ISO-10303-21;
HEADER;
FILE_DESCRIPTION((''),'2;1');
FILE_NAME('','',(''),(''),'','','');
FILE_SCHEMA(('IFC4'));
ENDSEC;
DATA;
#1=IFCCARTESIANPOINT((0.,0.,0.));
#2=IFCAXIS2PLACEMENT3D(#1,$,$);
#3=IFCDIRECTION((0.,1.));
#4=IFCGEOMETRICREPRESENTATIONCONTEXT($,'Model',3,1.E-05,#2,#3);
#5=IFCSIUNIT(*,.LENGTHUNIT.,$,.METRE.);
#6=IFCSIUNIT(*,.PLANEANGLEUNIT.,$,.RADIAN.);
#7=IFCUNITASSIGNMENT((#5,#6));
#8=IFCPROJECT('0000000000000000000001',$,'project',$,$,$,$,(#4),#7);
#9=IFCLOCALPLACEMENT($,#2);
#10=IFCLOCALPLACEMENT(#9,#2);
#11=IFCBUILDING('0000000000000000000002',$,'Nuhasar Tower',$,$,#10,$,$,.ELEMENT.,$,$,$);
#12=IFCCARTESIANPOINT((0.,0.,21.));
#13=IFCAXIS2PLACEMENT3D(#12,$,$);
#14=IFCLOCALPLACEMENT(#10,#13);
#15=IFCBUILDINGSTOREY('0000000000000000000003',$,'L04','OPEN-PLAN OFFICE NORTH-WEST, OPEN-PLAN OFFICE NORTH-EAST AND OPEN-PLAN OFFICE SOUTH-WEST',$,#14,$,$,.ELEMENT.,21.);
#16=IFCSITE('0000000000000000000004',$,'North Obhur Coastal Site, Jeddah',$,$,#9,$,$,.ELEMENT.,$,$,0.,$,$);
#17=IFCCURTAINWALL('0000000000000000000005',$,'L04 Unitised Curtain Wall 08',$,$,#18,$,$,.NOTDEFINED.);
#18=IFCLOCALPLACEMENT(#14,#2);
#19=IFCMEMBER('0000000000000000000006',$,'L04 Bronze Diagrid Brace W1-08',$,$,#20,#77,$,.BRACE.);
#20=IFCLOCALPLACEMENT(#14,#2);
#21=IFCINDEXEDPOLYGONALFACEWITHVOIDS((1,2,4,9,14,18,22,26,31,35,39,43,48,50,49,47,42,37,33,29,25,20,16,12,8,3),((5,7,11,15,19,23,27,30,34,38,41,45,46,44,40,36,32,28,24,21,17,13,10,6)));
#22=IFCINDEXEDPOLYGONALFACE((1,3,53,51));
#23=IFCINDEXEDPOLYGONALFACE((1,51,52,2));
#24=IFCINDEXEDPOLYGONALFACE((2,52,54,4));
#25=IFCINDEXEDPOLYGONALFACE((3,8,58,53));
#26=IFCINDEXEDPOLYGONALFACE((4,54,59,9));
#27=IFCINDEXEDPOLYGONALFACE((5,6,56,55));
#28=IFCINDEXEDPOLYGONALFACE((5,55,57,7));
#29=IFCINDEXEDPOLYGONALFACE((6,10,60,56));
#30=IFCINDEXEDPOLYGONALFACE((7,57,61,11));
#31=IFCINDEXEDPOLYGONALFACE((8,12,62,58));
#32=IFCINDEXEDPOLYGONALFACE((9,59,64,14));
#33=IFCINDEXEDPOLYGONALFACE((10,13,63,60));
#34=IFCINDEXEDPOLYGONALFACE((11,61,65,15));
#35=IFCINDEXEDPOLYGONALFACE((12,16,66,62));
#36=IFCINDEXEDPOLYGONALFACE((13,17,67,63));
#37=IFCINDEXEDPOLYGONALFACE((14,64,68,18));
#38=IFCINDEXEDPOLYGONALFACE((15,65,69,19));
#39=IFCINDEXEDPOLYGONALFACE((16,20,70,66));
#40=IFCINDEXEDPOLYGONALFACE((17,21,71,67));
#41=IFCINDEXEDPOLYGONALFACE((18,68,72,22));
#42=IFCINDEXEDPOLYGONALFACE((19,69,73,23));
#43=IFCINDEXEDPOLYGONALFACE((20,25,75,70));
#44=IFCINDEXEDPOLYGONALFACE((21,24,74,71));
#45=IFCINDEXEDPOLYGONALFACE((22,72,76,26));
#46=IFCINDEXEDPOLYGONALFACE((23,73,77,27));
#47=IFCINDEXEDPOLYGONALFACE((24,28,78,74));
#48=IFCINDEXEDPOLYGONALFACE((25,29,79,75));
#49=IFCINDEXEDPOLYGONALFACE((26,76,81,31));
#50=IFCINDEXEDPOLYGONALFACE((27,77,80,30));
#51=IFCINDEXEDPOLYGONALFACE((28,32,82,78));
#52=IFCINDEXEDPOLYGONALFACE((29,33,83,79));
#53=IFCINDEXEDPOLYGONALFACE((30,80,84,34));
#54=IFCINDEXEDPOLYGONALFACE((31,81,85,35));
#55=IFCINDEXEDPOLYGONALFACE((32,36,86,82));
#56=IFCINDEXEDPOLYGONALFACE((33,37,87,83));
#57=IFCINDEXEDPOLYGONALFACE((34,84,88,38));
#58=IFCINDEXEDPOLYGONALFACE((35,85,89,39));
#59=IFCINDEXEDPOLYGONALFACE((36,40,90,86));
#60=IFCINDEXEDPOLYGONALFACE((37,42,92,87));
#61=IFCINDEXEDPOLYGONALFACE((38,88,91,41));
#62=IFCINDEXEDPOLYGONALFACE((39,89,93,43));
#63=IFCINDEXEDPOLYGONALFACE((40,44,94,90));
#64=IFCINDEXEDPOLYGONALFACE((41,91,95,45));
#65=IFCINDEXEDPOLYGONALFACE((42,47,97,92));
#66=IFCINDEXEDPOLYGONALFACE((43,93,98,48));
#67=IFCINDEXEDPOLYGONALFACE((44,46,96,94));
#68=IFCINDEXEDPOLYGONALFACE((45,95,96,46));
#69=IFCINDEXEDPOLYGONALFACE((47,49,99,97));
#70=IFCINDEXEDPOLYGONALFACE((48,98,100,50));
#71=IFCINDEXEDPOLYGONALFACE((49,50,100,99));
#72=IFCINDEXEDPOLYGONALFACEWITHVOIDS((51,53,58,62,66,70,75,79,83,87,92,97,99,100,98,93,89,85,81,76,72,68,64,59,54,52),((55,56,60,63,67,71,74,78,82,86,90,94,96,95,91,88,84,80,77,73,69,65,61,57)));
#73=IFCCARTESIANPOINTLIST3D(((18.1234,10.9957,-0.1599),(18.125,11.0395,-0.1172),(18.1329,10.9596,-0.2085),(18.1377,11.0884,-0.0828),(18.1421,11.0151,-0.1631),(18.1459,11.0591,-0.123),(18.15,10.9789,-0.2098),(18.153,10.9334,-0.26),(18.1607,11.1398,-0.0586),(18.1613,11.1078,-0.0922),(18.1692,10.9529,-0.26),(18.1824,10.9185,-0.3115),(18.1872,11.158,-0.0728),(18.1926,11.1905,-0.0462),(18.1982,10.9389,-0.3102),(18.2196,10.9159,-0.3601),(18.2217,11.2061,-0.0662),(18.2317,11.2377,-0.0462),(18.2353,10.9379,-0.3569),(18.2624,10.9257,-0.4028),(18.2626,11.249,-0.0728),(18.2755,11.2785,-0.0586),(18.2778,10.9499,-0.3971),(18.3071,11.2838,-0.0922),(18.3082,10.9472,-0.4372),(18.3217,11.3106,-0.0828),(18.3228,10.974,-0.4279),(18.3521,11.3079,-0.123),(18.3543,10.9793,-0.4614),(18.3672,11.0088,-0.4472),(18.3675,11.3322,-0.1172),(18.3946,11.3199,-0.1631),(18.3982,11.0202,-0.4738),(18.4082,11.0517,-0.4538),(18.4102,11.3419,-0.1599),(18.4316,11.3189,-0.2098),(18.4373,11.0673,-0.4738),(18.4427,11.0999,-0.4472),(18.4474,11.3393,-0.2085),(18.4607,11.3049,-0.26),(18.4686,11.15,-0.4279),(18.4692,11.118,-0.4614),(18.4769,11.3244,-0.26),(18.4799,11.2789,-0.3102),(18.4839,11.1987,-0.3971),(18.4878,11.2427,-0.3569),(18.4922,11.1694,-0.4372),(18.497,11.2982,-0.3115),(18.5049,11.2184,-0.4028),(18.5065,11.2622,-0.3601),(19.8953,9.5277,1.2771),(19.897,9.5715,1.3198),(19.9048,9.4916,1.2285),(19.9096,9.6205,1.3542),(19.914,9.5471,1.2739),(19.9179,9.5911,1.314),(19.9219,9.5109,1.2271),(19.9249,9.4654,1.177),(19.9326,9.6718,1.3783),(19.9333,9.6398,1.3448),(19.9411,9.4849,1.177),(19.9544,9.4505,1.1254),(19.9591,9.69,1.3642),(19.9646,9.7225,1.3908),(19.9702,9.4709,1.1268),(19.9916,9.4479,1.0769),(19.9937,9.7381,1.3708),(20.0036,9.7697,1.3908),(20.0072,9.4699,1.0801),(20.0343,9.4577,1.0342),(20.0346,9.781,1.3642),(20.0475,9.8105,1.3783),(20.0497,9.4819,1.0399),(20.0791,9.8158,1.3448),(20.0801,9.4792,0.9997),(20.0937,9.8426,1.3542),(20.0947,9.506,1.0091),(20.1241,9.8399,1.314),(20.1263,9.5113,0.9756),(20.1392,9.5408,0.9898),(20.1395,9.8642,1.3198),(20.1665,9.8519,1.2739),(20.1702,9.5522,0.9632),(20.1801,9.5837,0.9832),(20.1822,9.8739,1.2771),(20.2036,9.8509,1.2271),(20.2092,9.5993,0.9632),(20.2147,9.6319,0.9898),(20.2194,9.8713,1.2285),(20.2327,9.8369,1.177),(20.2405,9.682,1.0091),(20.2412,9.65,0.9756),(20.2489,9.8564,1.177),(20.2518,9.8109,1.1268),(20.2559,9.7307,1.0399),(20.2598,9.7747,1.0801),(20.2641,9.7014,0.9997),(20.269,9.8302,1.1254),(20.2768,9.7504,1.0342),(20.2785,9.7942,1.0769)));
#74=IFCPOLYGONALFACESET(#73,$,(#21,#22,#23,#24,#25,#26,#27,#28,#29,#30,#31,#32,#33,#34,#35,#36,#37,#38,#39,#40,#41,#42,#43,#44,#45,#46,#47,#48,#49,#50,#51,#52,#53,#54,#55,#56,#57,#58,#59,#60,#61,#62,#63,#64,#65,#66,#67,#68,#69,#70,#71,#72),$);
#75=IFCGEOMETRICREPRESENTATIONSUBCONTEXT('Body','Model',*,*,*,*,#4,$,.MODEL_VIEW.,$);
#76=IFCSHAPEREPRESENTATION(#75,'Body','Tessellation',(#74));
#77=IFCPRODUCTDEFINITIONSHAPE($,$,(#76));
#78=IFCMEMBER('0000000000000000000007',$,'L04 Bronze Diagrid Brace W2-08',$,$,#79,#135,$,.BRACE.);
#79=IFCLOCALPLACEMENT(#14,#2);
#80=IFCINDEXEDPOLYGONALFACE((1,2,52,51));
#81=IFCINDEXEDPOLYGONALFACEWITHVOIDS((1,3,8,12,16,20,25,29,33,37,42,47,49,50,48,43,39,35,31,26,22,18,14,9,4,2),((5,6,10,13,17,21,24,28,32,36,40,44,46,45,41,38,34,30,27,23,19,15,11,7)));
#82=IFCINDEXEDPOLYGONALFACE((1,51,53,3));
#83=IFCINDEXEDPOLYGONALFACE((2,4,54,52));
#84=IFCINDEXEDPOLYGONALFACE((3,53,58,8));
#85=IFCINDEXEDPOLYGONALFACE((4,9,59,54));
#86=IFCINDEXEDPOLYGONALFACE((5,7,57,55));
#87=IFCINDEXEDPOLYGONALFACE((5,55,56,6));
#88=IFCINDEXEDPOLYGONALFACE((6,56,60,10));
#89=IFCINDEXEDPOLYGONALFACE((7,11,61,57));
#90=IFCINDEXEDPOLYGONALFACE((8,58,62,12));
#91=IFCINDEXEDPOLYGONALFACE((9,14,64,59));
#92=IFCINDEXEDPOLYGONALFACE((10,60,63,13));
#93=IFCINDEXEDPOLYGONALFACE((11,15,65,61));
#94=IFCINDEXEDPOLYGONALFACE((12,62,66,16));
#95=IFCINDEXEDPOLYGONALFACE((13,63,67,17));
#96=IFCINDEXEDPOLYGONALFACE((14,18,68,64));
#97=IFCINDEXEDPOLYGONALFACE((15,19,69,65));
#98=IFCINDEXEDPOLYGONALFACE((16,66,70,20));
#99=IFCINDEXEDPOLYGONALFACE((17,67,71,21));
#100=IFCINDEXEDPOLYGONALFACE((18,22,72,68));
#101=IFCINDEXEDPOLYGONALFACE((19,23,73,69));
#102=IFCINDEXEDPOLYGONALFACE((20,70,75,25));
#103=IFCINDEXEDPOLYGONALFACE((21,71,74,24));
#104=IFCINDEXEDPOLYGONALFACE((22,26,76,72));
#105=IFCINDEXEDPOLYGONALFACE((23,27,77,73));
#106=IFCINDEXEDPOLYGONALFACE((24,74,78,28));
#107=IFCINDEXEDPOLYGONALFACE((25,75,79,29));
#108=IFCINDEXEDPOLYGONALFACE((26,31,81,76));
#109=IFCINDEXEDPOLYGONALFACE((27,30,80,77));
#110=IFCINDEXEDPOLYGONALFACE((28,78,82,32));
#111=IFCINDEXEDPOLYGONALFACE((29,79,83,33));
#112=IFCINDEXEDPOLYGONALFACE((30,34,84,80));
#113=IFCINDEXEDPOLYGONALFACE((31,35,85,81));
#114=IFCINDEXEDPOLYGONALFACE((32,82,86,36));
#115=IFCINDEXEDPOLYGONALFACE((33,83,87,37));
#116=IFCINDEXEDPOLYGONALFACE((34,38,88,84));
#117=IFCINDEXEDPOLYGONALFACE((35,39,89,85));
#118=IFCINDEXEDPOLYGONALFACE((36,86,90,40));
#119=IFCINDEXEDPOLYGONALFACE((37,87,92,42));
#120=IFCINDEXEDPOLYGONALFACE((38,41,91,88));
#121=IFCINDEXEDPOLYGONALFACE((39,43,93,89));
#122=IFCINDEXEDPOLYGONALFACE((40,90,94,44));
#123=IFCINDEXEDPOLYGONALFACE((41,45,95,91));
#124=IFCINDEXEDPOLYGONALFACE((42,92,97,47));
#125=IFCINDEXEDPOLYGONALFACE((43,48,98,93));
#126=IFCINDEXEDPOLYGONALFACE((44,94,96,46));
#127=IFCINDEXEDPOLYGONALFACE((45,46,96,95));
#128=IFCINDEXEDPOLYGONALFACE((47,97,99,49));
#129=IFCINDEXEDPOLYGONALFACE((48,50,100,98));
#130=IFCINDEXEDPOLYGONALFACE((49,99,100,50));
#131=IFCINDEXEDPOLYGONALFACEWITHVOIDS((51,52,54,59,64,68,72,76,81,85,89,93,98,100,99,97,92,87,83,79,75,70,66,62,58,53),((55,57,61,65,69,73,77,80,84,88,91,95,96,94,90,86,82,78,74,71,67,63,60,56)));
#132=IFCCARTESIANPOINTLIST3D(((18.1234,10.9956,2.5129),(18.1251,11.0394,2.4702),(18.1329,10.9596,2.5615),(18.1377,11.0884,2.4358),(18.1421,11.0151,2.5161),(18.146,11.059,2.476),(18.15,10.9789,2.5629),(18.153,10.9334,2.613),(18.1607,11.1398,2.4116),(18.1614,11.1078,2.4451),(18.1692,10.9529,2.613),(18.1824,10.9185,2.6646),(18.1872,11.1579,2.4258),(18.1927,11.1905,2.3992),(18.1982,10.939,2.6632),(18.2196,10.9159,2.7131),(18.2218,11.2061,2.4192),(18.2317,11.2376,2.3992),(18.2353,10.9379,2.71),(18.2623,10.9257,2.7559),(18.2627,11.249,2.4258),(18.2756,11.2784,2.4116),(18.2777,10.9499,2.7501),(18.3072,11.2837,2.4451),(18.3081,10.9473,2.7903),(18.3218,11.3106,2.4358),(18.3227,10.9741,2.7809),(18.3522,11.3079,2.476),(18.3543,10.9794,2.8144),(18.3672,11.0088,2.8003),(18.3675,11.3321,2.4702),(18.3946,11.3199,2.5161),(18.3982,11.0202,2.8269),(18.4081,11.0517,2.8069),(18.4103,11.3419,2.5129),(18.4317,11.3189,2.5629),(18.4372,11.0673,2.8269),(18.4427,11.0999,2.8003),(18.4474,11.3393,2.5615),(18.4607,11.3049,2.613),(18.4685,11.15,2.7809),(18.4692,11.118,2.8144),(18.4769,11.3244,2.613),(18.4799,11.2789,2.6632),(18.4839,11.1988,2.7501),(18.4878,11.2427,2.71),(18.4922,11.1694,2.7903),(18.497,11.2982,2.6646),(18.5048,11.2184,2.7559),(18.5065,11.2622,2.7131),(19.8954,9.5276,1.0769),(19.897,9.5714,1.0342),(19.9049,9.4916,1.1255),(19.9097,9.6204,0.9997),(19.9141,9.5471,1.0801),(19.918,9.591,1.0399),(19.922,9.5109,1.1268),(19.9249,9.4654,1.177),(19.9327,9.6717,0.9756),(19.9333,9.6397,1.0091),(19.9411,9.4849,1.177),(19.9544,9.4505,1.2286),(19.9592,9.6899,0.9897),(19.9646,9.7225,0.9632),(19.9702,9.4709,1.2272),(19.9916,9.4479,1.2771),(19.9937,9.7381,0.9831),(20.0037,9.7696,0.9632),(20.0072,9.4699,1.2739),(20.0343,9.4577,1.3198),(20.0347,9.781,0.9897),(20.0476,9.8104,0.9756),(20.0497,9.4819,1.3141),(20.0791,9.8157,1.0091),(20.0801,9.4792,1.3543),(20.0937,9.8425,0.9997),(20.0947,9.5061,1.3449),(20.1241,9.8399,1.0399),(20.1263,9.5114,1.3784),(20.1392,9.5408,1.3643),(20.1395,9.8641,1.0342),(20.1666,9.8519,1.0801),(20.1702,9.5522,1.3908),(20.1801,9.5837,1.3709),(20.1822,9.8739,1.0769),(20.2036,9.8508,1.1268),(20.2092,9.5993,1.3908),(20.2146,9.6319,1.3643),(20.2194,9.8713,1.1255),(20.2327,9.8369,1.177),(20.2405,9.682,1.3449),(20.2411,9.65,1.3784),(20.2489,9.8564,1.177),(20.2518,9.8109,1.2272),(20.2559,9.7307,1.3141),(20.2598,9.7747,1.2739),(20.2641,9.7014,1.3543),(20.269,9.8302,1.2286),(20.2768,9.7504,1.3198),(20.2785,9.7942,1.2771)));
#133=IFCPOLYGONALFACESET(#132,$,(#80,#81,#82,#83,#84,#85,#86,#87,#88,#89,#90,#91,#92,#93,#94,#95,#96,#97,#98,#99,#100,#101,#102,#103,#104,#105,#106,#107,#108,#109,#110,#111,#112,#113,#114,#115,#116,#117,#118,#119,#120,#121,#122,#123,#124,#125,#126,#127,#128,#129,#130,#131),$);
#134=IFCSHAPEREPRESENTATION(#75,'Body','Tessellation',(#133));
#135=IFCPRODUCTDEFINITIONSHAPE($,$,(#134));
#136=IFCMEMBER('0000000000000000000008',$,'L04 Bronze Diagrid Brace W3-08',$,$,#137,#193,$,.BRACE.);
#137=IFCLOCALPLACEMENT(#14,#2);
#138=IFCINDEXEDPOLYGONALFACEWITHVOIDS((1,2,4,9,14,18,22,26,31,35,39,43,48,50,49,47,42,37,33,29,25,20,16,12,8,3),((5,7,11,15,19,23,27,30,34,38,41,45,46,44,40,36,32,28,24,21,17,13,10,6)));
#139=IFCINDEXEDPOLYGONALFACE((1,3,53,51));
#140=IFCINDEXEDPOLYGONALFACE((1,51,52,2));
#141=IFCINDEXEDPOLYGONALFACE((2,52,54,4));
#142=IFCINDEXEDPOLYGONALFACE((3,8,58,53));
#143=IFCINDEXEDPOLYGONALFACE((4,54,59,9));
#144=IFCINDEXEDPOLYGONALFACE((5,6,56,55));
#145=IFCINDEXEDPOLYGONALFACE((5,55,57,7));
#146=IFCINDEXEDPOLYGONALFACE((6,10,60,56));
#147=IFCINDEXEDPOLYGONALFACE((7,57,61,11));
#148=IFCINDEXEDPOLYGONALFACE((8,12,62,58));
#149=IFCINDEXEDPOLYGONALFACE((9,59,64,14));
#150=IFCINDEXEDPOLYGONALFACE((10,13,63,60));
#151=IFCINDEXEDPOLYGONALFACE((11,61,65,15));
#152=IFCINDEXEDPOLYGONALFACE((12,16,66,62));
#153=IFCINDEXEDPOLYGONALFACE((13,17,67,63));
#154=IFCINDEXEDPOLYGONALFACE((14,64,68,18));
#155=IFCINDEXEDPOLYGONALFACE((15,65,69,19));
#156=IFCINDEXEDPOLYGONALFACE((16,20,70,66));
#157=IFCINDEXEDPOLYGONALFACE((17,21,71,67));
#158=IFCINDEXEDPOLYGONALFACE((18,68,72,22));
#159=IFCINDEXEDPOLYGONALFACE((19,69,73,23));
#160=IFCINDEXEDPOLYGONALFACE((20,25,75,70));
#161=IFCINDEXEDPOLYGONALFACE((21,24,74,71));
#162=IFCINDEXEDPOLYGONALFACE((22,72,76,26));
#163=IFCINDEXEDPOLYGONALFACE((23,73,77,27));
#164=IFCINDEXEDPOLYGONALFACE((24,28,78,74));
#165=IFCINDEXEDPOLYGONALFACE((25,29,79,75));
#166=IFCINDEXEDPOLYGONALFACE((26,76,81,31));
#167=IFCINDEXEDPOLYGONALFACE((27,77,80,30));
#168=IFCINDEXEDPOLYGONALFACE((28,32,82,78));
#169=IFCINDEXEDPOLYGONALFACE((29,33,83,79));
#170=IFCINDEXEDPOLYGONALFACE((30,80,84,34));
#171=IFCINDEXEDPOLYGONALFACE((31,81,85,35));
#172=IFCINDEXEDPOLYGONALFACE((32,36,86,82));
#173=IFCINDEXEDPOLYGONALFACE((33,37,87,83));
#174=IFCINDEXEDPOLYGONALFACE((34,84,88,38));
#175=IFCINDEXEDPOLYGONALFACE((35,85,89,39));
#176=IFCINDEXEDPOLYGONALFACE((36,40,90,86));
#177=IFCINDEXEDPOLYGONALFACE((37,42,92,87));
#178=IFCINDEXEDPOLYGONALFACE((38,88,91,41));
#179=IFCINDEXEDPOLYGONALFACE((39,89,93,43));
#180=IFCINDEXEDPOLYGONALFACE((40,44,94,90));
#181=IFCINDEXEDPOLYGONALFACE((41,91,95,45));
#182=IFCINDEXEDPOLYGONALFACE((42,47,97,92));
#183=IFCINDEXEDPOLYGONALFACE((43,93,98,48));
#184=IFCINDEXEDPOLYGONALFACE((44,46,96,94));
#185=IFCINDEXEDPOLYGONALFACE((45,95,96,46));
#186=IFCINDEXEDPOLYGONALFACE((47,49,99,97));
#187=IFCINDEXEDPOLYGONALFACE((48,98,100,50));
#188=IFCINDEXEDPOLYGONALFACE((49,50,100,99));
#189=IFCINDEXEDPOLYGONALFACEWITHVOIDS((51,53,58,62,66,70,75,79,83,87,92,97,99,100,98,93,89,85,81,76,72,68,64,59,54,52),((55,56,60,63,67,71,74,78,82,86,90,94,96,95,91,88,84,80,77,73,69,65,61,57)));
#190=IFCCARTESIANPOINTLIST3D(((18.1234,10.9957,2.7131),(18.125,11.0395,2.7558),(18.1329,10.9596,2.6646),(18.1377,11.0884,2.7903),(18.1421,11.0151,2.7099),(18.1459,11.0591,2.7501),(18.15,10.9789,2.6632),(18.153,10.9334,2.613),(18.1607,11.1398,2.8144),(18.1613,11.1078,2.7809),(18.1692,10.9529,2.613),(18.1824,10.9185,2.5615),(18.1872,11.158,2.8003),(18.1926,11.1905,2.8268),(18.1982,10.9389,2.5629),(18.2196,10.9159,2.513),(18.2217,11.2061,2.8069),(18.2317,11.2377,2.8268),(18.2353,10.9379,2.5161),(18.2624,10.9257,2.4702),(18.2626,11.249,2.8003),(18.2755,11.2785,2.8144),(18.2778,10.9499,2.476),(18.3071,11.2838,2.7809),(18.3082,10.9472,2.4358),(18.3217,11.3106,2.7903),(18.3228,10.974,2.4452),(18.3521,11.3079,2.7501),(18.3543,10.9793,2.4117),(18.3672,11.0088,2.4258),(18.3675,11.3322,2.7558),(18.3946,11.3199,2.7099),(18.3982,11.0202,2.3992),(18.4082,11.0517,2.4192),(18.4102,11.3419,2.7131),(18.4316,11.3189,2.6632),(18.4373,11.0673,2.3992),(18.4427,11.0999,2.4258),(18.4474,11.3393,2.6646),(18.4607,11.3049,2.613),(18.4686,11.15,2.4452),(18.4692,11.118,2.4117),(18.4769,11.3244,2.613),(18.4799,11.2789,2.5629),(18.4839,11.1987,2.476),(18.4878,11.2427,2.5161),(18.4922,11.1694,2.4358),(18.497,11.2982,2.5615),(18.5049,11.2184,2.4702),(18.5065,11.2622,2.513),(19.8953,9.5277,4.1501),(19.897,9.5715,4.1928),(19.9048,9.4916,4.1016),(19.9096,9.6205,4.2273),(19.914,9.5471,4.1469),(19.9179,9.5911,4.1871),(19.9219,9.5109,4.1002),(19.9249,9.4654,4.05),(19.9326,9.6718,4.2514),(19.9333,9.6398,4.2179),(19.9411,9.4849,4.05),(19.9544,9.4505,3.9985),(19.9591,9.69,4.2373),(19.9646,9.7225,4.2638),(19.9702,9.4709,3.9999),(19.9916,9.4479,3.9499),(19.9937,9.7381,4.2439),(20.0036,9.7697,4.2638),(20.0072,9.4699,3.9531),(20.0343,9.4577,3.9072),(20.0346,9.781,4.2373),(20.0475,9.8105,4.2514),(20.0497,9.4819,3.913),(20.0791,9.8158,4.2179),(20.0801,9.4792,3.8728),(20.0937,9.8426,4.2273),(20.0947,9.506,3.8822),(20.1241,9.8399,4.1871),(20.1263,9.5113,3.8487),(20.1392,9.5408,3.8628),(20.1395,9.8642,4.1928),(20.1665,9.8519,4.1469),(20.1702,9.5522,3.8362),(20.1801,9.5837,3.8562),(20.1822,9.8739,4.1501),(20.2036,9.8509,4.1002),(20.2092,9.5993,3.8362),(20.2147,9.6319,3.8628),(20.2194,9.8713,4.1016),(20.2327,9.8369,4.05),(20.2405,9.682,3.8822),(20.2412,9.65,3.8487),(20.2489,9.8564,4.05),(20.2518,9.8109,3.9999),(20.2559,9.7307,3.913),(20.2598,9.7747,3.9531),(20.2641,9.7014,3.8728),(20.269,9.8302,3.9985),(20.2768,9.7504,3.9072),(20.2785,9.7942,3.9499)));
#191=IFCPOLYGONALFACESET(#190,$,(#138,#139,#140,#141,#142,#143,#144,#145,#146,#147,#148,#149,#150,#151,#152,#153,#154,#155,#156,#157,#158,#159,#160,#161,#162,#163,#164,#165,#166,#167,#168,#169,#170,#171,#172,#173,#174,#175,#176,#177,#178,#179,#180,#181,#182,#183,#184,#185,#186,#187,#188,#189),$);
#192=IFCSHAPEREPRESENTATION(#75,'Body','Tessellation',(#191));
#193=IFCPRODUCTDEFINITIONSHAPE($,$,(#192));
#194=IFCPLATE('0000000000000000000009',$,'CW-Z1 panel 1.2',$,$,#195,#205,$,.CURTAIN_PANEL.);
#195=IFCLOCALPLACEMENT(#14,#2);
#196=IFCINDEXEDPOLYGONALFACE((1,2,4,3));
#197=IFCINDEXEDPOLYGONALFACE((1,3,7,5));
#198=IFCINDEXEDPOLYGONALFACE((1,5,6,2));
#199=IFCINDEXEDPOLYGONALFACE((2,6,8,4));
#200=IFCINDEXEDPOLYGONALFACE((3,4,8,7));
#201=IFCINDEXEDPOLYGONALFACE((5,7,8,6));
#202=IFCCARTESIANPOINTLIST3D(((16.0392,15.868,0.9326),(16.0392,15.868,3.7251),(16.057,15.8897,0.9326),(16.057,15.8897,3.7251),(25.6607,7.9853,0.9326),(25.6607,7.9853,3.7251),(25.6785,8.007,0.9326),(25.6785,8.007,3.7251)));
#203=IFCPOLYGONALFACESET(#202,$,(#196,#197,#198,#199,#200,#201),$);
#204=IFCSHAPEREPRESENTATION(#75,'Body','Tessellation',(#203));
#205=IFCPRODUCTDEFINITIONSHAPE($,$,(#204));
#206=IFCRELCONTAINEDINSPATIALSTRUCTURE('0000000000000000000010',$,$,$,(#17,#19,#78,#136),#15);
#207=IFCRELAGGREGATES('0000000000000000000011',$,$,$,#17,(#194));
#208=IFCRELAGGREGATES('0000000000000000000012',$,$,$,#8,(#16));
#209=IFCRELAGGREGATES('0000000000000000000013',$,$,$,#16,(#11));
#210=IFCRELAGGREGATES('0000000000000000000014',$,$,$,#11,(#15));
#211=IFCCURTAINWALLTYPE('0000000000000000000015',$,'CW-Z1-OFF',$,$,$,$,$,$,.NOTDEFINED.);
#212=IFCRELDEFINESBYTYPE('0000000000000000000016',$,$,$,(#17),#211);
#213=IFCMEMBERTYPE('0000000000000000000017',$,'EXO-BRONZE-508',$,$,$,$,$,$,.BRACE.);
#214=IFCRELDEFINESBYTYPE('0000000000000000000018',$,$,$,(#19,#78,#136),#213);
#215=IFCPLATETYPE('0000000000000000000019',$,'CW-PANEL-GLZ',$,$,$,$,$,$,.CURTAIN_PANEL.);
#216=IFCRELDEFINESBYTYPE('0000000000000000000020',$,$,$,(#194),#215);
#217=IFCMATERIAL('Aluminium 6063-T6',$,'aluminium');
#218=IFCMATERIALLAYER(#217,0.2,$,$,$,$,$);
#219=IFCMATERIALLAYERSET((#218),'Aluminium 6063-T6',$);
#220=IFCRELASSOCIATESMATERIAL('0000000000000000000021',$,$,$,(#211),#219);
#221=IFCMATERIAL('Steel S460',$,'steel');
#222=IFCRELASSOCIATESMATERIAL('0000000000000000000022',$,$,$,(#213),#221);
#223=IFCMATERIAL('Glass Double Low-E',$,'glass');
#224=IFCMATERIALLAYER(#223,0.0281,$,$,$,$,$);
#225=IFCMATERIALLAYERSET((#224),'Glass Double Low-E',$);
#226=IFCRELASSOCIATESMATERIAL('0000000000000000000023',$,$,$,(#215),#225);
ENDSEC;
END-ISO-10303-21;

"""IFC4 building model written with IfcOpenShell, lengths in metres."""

from ifc_helpers import new_model, si_unit, direction, frame, origin, origin_2d, place, context, subcontext, project, spatial, rectangle, hollow_circle, extrude, material, layer, layer_set, material_profile, profile_set, type_object, element, aggregate, save


model = new_model("IFC4")

# Units and contexts
model_context = context("Model", 3, precision=1e-05, world=origin(), true_north=direction((0.0, 1.0)))
body_context = subcontext(model_context, "Body", "Model", "MODEL_VIEW")
ifc_project = project(units=[si_unit("LENGTHUNIT", "METRE"), si_unit("PLANEANGLEUNIT", "RADIAN")], contexts=[model_context])

# Site, building, storey
site_placement = place(None, origin())
site = spatial("IfcSite", under=ifc_project, at=site_placement, Name="North Obhur Coastal Site, Jeddah", CompositionType="ELEMENT", RefElevation=0.0)
building_placement = place(site_placement, origin())
building = spatial("IfcBuilding", under=site, at=building_placement, Name="Nuhasar Tower", CompositionType="ELEMENT")
storey_placement = place(building_placement, frame((0.0, 0.0, 21.0)))
storey = spatial("IfcBuildingStorey", under=building, at=storey_placement, Name="L04", Description="OPEN-PLAN OFFICE NORTH-WEST, OPEN-PLAN OFFICE NORTH-EAST AND OPEN-PLAN OFFICE SOUTH-WEST", CompositionType="ELEMENT", Elevation=21.0)

# Shared definitions
ifc_material_1 = material(Name="Steel S460", Category="steel")

# Curtain wall
ifc_material_2 = material(Name="Aluminium 6063-T6", Category="aluminium")
ifc_layer_1 = layer(ifc_material_2, 0.2)
ifc_layer_set_1 = layer_set([ifc_layer_1], Name="Aluminium 6063-T6")
curtain_wall_type = type_object("IfcCurtainWallType", Name="CW-Z1-OFF", PredefinedType="NOTDEFINED", material=ifc_layer_set_1)
curtain_wall_1_placement = place(storey_placement, origin())
curtain_wall_1 = element("IfcCurtainWall", 1, at=curtain_wall_1_placement, inside=storey, type_object=curtain_wall_type, Name="L04 Unitised Curtain Wall 08", PredefinedType="NOTDEFINED")

# Members
ifc_material_profile_1 = material_profile(ifc_material_1, hollow_circle(Radius=0.2539, WallThickness=0.0254, at=origin_2d()), Name="HSS508X25.4")
ifc_profile_set_1 = profile_set([ifc_material_profile_1], Name="Steel S460")
member_type_1 = type_object("IfcMemberType", Name="EXO-BRONZE-508", PredefinedType="BRACE", material=ifc_profile_set_1)
member_1_placement = place(storey_placement, frame((18.3149, 11.1289, -0.26), z_axis=(0.653159, -0.54112, 0.529691), x_axis=(0.637969, 0.770062, 0.0)))
element("IfcMember", 2, at=member_1_placement, inside=storey, type_object=member_type_1, Name="L04 Bronze Diagrid Brace W1-08", PredefinedType="BRACE", context=body_context, shape_type="SweptSolid", body=[
    extrude(hollow_circle(Radius=0.2539, WallThickness=0.0254, at=origin_2d()), origin(), (0.0, 0.0, 1.0), 2.7129),
])
member_2_placement = place(storey_placement, frame((20.0869, 9.6609, 1.177), z_axis=(-0.653284, 0.541223, 0.529432), x_axis=(-0.637969, -0.770062, 0.0)))
element("IfcMember", 3, at=member_2_placement, inside=storey, type_object=member_type_1, Name="L04 Bronze Diagrid Brace W2-08", PredefinedType="BRACE", context=body_context, shape_type="SweptSolid", body=[
    extrude(hollow_circle(Radius=0.2539, WallThickness=0.0254, at=origin_2d()), origin(), (0.0, 0.0, 1.0), 2.7124),
])
member_3_placement = place(storey_placement, frame((18.3149, 11.1289, 2.613), z_axis=(0.653159, -0.54112, 0.529691), x_axis=(0.637969, 0.770062, 0.0)))
element("IfcMember", 4, at=member_3_placement, inside=storey, type_object=member_type_1, Name="L04 Bronze Diagrid Brace W3-08", PredefinedType="BRACE", context=body_context, shape_type="SweptSolid", body=[
    extrude(hollow_circle(Radius=0.2539, WallThickness=0.0254, at=origin_2d()), origin(), (0.0, 0.0, 1.0), 2.7129),
])

# Plate
ifc_material_3 = material(Name="Glass Double Low-E", Category="glass")
ifc_layer_2 = layer(ifc_material_3, 0.0281)
ifc_layer_set_2 = layer_set([ifc_layer_2], Name="Glass Double Low-E")
plate_type_1 = type_object("IfcPlateType", Name="CW-PANEL-GLZ", PredefinedType="CURTAIN_PANEL", material=ifc_layer_set_2)
plate_1_placement = place(storey_placement, frame((20.8589, 11.9375, 0.9326), z_axis=(0.0, 0.0, 1.0), x_axis=(0.773542, -0.633745, 0.0)))
plate_1 = element("IfcPlate", 5, at=plate_1_placement, type_object=plate_type_1, Name="CW-Z1 panel 1.2", PredefinedType="CURTAIN_PANEL", context=body_context, shape_type="SweptSolid", body=[
    extrude(rectangle(XDim=12.4382, YDim=0.0281, at=origin_2d()), origin(), (0.0, 0.0, 1.0), 2.7925),
])
aggregate(curtain_wall_1, [plate_1])

save(model, "model.ifc")
